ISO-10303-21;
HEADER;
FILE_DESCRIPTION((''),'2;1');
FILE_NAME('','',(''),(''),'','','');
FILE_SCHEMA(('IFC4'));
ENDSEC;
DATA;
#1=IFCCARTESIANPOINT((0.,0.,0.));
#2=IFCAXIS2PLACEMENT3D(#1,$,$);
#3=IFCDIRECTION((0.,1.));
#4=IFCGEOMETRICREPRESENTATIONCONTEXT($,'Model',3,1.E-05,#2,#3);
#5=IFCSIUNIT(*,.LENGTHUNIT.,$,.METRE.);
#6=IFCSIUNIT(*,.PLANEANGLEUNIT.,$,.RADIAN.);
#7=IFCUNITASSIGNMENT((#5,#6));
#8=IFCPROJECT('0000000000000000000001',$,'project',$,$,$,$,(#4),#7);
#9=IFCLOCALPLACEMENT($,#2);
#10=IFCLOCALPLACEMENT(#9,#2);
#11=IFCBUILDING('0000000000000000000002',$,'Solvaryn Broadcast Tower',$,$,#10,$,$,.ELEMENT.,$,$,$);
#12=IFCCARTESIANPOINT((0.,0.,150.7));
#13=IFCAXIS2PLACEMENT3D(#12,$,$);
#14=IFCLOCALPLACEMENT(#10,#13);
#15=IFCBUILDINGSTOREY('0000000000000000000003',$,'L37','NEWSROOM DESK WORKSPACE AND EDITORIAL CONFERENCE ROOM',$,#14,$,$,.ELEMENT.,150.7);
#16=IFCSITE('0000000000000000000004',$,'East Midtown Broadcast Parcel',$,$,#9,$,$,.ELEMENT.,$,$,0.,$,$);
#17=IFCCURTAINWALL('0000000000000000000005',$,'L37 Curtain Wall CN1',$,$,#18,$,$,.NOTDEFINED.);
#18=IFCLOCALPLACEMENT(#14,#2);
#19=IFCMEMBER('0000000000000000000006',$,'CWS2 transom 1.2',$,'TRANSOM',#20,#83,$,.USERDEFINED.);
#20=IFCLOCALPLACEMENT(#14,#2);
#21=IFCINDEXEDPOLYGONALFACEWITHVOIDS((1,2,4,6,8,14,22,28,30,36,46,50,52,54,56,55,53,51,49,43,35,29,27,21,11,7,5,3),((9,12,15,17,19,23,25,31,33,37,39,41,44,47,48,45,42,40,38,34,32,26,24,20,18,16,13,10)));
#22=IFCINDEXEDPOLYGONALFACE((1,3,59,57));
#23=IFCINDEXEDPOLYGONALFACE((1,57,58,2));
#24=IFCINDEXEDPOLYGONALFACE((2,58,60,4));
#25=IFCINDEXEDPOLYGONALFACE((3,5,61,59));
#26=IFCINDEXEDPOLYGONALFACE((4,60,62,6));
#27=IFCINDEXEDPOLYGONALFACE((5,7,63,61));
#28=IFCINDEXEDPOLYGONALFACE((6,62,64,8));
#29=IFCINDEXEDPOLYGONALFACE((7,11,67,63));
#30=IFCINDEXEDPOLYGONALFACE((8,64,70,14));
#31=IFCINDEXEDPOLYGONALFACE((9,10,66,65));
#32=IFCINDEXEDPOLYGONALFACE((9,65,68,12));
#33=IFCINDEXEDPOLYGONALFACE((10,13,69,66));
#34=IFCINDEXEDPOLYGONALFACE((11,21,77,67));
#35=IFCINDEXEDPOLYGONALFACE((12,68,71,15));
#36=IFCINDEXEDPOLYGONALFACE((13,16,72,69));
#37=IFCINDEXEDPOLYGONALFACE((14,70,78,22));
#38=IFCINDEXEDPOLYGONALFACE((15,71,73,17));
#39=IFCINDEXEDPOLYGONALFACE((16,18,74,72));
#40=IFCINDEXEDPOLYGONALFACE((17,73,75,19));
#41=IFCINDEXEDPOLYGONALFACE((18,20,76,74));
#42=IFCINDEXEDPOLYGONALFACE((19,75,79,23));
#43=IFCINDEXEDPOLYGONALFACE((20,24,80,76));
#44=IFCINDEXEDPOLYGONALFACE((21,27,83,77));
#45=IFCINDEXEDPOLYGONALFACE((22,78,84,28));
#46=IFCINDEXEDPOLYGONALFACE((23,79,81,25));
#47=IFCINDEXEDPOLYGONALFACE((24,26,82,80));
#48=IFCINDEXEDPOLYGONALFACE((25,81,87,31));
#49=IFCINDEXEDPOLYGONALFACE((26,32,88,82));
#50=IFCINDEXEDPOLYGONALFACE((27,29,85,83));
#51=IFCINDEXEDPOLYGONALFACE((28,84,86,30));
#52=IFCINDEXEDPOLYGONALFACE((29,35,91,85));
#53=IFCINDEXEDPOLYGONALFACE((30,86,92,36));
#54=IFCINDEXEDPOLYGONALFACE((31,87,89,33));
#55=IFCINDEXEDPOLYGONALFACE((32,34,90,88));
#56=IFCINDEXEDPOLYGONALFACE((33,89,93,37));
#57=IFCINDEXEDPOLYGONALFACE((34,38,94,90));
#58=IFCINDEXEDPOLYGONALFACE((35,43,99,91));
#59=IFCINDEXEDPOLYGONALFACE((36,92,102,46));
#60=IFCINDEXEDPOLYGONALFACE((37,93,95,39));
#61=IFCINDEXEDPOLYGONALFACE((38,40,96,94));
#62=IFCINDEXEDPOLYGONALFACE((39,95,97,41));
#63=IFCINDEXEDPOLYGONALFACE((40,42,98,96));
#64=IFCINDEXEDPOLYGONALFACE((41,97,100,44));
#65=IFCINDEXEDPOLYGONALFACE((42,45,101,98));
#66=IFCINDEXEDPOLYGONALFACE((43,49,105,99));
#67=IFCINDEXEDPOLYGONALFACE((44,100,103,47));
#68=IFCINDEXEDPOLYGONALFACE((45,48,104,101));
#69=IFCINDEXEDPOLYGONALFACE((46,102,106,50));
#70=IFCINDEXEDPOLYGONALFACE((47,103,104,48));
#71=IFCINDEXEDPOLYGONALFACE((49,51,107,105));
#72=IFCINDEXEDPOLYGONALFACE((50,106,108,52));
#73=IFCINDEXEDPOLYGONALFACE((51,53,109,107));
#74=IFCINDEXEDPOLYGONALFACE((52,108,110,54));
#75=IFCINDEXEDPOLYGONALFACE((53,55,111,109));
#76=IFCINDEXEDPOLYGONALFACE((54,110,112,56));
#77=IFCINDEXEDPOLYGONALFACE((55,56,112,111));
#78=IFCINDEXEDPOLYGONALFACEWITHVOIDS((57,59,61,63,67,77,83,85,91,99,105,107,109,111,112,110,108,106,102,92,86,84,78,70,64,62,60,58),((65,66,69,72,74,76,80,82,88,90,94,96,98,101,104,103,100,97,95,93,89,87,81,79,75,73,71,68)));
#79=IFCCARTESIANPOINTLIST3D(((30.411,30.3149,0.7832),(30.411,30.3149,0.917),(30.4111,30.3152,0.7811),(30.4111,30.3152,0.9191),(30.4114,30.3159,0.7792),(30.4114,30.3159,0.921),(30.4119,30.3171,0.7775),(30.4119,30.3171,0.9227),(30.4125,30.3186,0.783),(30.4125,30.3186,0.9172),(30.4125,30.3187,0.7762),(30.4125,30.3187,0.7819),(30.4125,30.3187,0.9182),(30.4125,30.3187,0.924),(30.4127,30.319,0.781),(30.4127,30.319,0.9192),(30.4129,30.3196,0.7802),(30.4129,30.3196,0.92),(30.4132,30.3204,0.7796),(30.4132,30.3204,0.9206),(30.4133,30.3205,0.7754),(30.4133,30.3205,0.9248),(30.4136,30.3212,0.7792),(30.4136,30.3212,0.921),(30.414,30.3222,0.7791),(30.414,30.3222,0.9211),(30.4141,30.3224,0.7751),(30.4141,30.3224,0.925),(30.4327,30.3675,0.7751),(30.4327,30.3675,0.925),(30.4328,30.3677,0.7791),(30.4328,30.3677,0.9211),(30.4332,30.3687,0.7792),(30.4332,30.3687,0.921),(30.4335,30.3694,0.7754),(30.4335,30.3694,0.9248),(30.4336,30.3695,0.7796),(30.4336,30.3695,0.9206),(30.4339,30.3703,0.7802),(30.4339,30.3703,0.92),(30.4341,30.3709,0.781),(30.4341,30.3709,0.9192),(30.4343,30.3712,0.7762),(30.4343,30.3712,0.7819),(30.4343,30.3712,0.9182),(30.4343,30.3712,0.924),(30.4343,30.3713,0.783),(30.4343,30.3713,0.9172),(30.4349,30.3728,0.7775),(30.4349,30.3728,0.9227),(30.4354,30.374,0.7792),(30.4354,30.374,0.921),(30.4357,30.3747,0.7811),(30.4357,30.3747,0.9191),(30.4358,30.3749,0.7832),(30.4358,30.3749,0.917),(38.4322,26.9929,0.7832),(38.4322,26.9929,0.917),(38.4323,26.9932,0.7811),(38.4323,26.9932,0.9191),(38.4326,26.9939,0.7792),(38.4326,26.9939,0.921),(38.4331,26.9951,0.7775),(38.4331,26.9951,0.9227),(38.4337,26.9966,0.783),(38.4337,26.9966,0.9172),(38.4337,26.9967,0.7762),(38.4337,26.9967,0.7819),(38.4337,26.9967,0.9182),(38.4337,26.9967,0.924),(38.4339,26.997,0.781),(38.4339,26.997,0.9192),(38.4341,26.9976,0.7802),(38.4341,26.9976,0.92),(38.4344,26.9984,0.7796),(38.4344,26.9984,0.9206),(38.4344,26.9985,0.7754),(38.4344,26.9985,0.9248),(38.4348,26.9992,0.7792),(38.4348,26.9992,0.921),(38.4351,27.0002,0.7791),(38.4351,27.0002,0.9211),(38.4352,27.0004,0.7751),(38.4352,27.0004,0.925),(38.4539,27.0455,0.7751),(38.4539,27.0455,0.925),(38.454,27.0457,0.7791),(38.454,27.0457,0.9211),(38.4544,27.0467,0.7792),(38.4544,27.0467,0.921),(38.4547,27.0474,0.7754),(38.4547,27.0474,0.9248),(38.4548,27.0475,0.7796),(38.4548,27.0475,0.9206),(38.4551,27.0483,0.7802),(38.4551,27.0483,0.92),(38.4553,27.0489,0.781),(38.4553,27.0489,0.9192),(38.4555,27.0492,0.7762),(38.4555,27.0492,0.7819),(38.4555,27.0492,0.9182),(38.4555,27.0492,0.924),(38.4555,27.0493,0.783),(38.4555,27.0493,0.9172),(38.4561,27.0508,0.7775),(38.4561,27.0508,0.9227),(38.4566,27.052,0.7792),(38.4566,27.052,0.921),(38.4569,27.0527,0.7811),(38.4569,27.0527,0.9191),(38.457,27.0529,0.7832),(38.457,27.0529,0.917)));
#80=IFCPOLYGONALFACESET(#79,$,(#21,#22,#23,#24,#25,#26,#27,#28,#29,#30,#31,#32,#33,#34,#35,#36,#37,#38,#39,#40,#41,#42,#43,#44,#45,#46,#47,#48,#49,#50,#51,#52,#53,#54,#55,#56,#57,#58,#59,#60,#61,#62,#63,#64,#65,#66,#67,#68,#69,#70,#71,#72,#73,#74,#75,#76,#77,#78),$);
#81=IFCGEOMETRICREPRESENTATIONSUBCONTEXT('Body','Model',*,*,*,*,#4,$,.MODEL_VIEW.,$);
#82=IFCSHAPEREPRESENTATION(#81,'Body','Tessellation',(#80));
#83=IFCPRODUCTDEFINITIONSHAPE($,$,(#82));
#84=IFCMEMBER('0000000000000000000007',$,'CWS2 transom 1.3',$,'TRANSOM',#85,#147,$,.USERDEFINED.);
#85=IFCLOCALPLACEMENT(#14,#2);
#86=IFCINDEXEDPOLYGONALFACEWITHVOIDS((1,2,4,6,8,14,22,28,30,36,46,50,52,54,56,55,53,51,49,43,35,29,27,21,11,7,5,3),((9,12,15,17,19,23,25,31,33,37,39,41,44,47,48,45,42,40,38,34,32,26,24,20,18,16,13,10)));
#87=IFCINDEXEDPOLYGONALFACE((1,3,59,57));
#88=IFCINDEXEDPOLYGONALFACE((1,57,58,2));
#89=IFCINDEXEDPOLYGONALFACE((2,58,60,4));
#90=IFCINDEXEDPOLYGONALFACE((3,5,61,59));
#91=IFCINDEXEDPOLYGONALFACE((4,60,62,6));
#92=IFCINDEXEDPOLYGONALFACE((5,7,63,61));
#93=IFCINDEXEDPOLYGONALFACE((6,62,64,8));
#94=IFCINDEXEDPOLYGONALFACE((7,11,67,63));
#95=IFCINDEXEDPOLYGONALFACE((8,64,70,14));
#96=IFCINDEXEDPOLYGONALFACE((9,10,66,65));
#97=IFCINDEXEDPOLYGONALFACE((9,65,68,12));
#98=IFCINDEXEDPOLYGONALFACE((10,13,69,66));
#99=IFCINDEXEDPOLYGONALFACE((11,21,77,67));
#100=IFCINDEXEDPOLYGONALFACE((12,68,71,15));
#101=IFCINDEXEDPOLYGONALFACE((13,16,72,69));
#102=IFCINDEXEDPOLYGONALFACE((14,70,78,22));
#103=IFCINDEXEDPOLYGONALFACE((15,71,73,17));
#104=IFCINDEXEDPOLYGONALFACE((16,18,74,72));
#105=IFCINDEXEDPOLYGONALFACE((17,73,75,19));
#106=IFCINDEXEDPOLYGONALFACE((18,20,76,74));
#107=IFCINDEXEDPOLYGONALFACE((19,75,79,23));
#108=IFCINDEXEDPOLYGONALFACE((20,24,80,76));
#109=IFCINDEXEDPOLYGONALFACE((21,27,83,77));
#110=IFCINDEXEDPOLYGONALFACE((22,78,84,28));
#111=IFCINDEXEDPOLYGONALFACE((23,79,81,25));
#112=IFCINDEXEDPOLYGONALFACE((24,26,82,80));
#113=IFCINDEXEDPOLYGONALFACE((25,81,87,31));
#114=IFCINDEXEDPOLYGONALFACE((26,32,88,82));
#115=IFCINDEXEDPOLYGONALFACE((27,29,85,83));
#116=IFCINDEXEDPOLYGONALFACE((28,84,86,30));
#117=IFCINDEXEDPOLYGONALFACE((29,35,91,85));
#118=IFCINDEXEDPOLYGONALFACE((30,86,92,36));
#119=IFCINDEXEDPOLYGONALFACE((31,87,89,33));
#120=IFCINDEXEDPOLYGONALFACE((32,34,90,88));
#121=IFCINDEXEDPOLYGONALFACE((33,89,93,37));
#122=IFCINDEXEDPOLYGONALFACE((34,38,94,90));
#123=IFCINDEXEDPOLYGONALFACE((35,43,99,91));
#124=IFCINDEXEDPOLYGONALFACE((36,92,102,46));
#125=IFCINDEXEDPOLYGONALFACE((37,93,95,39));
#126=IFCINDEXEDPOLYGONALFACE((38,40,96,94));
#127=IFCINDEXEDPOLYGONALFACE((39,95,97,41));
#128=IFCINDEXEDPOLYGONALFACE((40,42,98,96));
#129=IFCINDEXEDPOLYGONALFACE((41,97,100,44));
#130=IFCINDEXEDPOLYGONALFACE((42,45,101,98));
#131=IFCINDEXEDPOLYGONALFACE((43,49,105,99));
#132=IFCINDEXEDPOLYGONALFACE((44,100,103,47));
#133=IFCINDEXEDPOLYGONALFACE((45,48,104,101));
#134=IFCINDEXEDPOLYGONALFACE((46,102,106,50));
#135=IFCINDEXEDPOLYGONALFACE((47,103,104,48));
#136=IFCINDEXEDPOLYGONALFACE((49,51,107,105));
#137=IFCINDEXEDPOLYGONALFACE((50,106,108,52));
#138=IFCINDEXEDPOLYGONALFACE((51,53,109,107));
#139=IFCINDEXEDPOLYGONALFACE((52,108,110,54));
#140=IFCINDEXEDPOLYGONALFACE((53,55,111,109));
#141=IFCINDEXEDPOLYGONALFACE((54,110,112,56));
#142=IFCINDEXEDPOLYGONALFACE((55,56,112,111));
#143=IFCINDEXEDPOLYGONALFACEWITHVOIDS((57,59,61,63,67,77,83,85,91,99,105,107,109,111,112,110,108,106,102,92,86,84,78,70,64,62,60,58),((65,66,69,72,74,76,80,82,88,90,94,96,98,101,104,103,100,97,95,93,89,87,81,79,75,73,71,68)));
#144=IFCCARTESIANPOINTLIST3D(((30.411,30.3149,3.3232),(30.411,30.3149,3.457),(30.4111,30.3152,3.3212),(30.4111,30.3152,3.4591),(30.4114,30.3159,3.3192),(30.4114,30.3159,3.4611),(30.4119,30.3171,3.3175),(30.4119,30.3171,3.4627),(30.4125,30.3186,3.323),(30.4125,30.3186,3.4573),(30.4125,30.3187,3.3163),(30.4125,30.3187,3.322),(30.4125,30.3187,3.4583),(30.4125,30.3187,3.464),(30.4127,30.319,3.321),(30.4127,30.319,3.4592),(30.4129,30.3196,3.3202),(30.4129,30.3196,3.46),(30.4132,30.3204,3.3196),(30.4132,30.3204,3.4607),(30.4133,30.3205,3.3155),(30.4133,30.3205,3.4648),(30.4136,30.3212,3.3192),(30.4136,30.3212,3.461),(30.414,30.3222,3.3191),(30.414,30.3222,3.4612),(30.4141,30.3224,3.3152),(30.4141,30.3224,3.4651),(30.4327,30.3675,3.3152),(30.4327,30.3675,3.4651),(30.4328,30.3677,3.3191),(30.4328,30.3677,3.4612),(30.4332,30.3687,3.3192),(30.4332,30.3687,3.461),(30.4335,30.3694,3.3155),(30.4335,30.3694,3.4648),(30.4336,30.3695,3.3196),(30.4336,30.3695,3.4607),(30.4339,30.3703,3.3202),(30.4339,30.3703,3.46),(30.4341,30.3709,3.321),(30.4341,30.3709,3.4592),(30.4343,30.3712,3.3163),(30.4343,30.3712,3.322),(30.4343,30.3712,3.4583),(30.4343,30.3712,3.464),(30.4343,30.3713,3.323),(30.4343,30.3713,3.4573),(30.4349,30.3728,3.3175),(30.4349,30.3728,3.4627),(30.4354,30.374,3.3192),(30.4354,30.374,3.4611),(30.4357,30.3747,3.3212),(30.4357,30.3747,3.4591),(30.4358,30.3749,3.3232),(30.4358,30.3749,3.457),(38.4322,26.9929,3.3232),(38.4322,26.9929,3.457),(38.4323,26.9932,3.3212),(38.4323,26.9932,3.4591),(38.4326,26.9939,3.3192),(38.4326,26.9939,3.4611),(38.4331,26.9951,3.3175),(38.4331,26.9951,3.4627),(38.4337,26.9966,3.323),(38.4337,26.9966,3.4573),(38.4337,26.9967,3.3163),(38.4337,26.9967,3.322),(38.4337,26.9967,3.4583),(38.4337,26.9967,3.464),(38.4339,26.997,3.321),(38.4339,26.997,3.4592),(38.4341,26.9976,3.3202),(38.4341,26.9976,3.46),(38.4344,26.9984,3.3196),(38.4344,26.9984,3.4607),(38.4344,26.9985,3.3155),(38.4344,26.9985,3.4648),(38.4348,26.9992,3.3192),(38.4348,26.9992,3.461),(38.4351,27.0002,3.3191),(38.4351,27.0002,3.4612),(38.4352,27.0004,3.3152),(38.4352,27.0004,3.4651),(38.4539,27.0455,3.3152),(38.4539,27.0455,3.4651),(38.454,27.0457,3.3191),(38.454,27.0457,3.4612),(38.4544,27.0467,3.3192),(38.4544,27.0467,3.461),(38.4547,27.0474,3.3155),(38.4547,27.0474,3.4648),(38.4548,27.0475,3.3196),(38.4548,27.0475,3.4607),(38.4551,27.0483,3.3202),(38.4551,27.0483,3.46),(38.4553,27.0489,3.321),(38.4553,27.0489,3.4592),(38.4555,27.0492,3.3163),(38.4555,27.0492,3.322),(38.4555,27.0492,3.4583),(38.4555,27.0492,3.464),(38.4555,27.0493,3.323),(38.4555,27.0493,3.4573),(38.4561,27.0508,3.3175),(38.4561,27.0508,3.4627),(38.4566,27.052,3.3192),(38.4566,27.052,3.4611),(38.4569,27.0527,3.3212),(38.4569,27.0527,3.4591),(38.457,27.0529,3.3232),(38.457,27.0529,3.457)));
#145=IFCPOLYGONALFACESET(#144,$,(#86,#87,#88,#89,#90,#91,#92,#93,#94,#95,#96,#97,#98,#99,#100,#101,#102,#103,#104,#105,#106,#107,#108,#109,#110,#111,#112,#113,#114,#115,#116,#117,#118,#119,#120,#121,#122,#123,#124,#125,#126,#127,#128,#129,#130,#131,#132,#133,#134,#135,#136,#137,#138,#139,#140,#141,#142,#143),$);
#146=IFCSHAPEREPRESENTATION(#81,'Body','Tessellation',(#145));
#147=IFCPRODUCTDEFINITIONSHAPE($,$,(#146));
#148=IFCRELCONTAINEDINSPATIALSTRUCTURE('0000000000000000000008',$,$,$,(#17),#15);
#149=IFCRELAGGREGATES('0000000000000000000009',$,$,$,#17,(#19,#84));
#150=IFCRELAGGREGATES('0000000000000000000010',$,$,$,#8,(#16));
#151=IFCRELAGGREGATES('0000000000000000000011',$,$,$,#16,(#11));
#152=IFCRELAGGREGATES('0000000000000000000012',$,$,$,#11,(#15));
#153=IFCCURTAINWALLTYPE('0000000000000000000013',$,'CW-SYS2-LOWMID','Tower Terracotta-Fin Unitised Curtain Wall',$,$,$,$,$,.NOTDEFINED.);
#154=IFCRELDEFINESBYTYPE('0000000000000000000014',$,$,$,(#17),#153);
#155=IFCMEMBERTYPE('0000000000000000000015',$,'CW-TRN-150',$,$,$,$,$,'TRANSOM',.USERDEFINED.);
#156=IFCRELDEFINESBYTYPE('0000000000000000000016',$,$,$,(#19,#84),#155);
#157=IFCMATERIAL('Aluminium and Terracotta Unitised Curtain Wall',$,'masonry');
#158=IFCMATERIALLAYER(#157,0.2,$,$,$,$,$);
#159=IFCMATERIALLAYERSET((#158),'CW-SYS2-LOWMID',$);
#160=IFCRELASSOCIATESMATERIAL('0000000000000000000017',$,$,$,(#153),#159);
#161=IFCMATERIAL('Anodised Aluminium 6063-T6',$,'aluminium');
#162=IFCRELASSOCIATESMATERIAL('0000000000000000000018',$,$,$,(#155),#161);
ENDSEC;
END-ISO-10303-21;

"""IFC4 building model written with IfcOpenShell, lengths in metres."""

from ifc_helpers import new_model, si_unit, direction, frame, origin, origin_2d, place, context, subcontext, project, spatial, hollow_rectangle, extrude, material, layer, layer_set, material_profile, profile_set, type_object, element, aggregate, save


model = new_model("IFC4")

# Units and contexts
model_context = context("Model", 3, precision=1e-05, world=origin(), true_north=direction((0.0, 1.0)))
body_context = subcontext(model_context, "Body", "Model", "MODEL_VIEW")
ifc_project = project(units=[si_unit("LENGTHUNIT", "METRE"), si_unit("PLANEANGLEUNIT", "RADIAN")], contexts=[model_context])

# Site, building, storey
site_placement = place(None, origin())
site = spatial("IfcSite", under=ifc_project, at=site_placement, Name="East Midtown Broadcast Parcel", CompositionType="ELEMENT", RefElevation=0.0)
building_placement = place(site_placement, origin())
building = spatial("IfcBuilding", under=site, at=building_placement, Name="Solvaryn Broadcast Tower", CompositionType="ELEMENT")
storey_placement = place(building_placement, frame((0.0, 0.0, 150.7)))
storey = spatial("IfcBuildingStorey", under=building, at=storey_placement, Name="L37", Description="NEWSROOM DESK WORKSPACE AND EDITORIAL CONFERENCE ROOM", CompositionType="ELEMENT", Elevation=150.7)

# Curtain wall
ifc_material_1 = material(Name="Aluminium and Terracotta Unitised Curtain Wall", Category="masonry")
ifc_layer_1 = layer(ifc_material_1, 0.2)
ifc_layer_set_1 = layer_set([ifc_layer_1], Name="CW-SYS2-LOWMID")
curtain_wall_type = type_object("IfcCurtainWallType", Name="CW-SYS2-LOWMID", Description="Tower Terracotta-Fin Unitised Curtain Wall", PredefinedType="NOTDEFINED", material=ifc_layer_set_1)
curtain_wall_1_placement = place(storey_placement, origin())
curtain_wall_1 = element("IfcCurtainWall", 1, at=curtain_wall_1_placement, inside=storey, type_object=curtain_wall_type, Name="L37 Curtain Wall CN1", PredefinedType="NOTDEFINED")

# Members
ifc_material_2 = material(Name="Anodised Aluminium 6063-T6", Category="aluminium")
ifc_material_profile_1 = material_profile(ifc_material_2, hollow_rectangle(XDim=0.0649, YDim=0.1499, WallThickness=0.0039, InnerFilletRadius=0.0039, OuterFilletRadius=0.0081, at=origin_2d()))
ifc_profile_set_1 = profile_set([ifc_material_profile_1], Name="Anodised Aluminium 6063-T6")
member_type_1 = type_object("IfcMemberType", Name="CW-TRN-150", ElementType="TRANSOM", PredefinedType="USERDEFINED", material=ifc_profile_set_1)
member_1_placement = place(storey_placement, frame((38.4446, 27.0229, 0.8501), z_axis=(-0.923899, 0.382636, 0.0), x_axis=(-0.382636, -0.923899, 0.0)))
member_1 = element("IfcMember", 2, at=member_1_placement, type_object=member_type_1, Name="CWS2 transom 1.2", ObjectType="TRANSOM", PredefinedType="USERDEFINED", context=body_context, shape_type="SweptSolid", body=[
    extrude(hollow_rectangle(XDim=0.0649, YDim=0.1499, WallThickness=0.0039, InnerFilletRadius=0.0039, OuterFilletRadius=0.0081, at=origin_2d()), origin(), (0.0, 0.0, 1.0), 8.6819),
])
member_2_placement = place(storey_placement, frame((38.4446, 27.0229, 3.3901), z_axis=(-0.923899, 0.382636, 0.0), x_axis=(-0.382636, -0.923899, 0.0)))
member_2 = element("IfcMember", 3, at=member_2_placement, type_object=member_type_1, Name="CWS2 transom 1.3", ObjectType="TRANSOM", PredefinedType="USERDEFINED", context=body_context, shape_type="SweptSolid", body=[
    extrude(hollow_rectangle(XDim=0.0649, YDim=0.1499, WallThickness=0.0039, InnerFilletRadius=0.0039, OuterFilletRadius=0.0081, at=origin_2d()), origin(), (0.0, 0.0, 1.0), 8.6819),
])
aggregate(curtain_wall_1, [member_1, member_2])

save(model, "model.ifc")
